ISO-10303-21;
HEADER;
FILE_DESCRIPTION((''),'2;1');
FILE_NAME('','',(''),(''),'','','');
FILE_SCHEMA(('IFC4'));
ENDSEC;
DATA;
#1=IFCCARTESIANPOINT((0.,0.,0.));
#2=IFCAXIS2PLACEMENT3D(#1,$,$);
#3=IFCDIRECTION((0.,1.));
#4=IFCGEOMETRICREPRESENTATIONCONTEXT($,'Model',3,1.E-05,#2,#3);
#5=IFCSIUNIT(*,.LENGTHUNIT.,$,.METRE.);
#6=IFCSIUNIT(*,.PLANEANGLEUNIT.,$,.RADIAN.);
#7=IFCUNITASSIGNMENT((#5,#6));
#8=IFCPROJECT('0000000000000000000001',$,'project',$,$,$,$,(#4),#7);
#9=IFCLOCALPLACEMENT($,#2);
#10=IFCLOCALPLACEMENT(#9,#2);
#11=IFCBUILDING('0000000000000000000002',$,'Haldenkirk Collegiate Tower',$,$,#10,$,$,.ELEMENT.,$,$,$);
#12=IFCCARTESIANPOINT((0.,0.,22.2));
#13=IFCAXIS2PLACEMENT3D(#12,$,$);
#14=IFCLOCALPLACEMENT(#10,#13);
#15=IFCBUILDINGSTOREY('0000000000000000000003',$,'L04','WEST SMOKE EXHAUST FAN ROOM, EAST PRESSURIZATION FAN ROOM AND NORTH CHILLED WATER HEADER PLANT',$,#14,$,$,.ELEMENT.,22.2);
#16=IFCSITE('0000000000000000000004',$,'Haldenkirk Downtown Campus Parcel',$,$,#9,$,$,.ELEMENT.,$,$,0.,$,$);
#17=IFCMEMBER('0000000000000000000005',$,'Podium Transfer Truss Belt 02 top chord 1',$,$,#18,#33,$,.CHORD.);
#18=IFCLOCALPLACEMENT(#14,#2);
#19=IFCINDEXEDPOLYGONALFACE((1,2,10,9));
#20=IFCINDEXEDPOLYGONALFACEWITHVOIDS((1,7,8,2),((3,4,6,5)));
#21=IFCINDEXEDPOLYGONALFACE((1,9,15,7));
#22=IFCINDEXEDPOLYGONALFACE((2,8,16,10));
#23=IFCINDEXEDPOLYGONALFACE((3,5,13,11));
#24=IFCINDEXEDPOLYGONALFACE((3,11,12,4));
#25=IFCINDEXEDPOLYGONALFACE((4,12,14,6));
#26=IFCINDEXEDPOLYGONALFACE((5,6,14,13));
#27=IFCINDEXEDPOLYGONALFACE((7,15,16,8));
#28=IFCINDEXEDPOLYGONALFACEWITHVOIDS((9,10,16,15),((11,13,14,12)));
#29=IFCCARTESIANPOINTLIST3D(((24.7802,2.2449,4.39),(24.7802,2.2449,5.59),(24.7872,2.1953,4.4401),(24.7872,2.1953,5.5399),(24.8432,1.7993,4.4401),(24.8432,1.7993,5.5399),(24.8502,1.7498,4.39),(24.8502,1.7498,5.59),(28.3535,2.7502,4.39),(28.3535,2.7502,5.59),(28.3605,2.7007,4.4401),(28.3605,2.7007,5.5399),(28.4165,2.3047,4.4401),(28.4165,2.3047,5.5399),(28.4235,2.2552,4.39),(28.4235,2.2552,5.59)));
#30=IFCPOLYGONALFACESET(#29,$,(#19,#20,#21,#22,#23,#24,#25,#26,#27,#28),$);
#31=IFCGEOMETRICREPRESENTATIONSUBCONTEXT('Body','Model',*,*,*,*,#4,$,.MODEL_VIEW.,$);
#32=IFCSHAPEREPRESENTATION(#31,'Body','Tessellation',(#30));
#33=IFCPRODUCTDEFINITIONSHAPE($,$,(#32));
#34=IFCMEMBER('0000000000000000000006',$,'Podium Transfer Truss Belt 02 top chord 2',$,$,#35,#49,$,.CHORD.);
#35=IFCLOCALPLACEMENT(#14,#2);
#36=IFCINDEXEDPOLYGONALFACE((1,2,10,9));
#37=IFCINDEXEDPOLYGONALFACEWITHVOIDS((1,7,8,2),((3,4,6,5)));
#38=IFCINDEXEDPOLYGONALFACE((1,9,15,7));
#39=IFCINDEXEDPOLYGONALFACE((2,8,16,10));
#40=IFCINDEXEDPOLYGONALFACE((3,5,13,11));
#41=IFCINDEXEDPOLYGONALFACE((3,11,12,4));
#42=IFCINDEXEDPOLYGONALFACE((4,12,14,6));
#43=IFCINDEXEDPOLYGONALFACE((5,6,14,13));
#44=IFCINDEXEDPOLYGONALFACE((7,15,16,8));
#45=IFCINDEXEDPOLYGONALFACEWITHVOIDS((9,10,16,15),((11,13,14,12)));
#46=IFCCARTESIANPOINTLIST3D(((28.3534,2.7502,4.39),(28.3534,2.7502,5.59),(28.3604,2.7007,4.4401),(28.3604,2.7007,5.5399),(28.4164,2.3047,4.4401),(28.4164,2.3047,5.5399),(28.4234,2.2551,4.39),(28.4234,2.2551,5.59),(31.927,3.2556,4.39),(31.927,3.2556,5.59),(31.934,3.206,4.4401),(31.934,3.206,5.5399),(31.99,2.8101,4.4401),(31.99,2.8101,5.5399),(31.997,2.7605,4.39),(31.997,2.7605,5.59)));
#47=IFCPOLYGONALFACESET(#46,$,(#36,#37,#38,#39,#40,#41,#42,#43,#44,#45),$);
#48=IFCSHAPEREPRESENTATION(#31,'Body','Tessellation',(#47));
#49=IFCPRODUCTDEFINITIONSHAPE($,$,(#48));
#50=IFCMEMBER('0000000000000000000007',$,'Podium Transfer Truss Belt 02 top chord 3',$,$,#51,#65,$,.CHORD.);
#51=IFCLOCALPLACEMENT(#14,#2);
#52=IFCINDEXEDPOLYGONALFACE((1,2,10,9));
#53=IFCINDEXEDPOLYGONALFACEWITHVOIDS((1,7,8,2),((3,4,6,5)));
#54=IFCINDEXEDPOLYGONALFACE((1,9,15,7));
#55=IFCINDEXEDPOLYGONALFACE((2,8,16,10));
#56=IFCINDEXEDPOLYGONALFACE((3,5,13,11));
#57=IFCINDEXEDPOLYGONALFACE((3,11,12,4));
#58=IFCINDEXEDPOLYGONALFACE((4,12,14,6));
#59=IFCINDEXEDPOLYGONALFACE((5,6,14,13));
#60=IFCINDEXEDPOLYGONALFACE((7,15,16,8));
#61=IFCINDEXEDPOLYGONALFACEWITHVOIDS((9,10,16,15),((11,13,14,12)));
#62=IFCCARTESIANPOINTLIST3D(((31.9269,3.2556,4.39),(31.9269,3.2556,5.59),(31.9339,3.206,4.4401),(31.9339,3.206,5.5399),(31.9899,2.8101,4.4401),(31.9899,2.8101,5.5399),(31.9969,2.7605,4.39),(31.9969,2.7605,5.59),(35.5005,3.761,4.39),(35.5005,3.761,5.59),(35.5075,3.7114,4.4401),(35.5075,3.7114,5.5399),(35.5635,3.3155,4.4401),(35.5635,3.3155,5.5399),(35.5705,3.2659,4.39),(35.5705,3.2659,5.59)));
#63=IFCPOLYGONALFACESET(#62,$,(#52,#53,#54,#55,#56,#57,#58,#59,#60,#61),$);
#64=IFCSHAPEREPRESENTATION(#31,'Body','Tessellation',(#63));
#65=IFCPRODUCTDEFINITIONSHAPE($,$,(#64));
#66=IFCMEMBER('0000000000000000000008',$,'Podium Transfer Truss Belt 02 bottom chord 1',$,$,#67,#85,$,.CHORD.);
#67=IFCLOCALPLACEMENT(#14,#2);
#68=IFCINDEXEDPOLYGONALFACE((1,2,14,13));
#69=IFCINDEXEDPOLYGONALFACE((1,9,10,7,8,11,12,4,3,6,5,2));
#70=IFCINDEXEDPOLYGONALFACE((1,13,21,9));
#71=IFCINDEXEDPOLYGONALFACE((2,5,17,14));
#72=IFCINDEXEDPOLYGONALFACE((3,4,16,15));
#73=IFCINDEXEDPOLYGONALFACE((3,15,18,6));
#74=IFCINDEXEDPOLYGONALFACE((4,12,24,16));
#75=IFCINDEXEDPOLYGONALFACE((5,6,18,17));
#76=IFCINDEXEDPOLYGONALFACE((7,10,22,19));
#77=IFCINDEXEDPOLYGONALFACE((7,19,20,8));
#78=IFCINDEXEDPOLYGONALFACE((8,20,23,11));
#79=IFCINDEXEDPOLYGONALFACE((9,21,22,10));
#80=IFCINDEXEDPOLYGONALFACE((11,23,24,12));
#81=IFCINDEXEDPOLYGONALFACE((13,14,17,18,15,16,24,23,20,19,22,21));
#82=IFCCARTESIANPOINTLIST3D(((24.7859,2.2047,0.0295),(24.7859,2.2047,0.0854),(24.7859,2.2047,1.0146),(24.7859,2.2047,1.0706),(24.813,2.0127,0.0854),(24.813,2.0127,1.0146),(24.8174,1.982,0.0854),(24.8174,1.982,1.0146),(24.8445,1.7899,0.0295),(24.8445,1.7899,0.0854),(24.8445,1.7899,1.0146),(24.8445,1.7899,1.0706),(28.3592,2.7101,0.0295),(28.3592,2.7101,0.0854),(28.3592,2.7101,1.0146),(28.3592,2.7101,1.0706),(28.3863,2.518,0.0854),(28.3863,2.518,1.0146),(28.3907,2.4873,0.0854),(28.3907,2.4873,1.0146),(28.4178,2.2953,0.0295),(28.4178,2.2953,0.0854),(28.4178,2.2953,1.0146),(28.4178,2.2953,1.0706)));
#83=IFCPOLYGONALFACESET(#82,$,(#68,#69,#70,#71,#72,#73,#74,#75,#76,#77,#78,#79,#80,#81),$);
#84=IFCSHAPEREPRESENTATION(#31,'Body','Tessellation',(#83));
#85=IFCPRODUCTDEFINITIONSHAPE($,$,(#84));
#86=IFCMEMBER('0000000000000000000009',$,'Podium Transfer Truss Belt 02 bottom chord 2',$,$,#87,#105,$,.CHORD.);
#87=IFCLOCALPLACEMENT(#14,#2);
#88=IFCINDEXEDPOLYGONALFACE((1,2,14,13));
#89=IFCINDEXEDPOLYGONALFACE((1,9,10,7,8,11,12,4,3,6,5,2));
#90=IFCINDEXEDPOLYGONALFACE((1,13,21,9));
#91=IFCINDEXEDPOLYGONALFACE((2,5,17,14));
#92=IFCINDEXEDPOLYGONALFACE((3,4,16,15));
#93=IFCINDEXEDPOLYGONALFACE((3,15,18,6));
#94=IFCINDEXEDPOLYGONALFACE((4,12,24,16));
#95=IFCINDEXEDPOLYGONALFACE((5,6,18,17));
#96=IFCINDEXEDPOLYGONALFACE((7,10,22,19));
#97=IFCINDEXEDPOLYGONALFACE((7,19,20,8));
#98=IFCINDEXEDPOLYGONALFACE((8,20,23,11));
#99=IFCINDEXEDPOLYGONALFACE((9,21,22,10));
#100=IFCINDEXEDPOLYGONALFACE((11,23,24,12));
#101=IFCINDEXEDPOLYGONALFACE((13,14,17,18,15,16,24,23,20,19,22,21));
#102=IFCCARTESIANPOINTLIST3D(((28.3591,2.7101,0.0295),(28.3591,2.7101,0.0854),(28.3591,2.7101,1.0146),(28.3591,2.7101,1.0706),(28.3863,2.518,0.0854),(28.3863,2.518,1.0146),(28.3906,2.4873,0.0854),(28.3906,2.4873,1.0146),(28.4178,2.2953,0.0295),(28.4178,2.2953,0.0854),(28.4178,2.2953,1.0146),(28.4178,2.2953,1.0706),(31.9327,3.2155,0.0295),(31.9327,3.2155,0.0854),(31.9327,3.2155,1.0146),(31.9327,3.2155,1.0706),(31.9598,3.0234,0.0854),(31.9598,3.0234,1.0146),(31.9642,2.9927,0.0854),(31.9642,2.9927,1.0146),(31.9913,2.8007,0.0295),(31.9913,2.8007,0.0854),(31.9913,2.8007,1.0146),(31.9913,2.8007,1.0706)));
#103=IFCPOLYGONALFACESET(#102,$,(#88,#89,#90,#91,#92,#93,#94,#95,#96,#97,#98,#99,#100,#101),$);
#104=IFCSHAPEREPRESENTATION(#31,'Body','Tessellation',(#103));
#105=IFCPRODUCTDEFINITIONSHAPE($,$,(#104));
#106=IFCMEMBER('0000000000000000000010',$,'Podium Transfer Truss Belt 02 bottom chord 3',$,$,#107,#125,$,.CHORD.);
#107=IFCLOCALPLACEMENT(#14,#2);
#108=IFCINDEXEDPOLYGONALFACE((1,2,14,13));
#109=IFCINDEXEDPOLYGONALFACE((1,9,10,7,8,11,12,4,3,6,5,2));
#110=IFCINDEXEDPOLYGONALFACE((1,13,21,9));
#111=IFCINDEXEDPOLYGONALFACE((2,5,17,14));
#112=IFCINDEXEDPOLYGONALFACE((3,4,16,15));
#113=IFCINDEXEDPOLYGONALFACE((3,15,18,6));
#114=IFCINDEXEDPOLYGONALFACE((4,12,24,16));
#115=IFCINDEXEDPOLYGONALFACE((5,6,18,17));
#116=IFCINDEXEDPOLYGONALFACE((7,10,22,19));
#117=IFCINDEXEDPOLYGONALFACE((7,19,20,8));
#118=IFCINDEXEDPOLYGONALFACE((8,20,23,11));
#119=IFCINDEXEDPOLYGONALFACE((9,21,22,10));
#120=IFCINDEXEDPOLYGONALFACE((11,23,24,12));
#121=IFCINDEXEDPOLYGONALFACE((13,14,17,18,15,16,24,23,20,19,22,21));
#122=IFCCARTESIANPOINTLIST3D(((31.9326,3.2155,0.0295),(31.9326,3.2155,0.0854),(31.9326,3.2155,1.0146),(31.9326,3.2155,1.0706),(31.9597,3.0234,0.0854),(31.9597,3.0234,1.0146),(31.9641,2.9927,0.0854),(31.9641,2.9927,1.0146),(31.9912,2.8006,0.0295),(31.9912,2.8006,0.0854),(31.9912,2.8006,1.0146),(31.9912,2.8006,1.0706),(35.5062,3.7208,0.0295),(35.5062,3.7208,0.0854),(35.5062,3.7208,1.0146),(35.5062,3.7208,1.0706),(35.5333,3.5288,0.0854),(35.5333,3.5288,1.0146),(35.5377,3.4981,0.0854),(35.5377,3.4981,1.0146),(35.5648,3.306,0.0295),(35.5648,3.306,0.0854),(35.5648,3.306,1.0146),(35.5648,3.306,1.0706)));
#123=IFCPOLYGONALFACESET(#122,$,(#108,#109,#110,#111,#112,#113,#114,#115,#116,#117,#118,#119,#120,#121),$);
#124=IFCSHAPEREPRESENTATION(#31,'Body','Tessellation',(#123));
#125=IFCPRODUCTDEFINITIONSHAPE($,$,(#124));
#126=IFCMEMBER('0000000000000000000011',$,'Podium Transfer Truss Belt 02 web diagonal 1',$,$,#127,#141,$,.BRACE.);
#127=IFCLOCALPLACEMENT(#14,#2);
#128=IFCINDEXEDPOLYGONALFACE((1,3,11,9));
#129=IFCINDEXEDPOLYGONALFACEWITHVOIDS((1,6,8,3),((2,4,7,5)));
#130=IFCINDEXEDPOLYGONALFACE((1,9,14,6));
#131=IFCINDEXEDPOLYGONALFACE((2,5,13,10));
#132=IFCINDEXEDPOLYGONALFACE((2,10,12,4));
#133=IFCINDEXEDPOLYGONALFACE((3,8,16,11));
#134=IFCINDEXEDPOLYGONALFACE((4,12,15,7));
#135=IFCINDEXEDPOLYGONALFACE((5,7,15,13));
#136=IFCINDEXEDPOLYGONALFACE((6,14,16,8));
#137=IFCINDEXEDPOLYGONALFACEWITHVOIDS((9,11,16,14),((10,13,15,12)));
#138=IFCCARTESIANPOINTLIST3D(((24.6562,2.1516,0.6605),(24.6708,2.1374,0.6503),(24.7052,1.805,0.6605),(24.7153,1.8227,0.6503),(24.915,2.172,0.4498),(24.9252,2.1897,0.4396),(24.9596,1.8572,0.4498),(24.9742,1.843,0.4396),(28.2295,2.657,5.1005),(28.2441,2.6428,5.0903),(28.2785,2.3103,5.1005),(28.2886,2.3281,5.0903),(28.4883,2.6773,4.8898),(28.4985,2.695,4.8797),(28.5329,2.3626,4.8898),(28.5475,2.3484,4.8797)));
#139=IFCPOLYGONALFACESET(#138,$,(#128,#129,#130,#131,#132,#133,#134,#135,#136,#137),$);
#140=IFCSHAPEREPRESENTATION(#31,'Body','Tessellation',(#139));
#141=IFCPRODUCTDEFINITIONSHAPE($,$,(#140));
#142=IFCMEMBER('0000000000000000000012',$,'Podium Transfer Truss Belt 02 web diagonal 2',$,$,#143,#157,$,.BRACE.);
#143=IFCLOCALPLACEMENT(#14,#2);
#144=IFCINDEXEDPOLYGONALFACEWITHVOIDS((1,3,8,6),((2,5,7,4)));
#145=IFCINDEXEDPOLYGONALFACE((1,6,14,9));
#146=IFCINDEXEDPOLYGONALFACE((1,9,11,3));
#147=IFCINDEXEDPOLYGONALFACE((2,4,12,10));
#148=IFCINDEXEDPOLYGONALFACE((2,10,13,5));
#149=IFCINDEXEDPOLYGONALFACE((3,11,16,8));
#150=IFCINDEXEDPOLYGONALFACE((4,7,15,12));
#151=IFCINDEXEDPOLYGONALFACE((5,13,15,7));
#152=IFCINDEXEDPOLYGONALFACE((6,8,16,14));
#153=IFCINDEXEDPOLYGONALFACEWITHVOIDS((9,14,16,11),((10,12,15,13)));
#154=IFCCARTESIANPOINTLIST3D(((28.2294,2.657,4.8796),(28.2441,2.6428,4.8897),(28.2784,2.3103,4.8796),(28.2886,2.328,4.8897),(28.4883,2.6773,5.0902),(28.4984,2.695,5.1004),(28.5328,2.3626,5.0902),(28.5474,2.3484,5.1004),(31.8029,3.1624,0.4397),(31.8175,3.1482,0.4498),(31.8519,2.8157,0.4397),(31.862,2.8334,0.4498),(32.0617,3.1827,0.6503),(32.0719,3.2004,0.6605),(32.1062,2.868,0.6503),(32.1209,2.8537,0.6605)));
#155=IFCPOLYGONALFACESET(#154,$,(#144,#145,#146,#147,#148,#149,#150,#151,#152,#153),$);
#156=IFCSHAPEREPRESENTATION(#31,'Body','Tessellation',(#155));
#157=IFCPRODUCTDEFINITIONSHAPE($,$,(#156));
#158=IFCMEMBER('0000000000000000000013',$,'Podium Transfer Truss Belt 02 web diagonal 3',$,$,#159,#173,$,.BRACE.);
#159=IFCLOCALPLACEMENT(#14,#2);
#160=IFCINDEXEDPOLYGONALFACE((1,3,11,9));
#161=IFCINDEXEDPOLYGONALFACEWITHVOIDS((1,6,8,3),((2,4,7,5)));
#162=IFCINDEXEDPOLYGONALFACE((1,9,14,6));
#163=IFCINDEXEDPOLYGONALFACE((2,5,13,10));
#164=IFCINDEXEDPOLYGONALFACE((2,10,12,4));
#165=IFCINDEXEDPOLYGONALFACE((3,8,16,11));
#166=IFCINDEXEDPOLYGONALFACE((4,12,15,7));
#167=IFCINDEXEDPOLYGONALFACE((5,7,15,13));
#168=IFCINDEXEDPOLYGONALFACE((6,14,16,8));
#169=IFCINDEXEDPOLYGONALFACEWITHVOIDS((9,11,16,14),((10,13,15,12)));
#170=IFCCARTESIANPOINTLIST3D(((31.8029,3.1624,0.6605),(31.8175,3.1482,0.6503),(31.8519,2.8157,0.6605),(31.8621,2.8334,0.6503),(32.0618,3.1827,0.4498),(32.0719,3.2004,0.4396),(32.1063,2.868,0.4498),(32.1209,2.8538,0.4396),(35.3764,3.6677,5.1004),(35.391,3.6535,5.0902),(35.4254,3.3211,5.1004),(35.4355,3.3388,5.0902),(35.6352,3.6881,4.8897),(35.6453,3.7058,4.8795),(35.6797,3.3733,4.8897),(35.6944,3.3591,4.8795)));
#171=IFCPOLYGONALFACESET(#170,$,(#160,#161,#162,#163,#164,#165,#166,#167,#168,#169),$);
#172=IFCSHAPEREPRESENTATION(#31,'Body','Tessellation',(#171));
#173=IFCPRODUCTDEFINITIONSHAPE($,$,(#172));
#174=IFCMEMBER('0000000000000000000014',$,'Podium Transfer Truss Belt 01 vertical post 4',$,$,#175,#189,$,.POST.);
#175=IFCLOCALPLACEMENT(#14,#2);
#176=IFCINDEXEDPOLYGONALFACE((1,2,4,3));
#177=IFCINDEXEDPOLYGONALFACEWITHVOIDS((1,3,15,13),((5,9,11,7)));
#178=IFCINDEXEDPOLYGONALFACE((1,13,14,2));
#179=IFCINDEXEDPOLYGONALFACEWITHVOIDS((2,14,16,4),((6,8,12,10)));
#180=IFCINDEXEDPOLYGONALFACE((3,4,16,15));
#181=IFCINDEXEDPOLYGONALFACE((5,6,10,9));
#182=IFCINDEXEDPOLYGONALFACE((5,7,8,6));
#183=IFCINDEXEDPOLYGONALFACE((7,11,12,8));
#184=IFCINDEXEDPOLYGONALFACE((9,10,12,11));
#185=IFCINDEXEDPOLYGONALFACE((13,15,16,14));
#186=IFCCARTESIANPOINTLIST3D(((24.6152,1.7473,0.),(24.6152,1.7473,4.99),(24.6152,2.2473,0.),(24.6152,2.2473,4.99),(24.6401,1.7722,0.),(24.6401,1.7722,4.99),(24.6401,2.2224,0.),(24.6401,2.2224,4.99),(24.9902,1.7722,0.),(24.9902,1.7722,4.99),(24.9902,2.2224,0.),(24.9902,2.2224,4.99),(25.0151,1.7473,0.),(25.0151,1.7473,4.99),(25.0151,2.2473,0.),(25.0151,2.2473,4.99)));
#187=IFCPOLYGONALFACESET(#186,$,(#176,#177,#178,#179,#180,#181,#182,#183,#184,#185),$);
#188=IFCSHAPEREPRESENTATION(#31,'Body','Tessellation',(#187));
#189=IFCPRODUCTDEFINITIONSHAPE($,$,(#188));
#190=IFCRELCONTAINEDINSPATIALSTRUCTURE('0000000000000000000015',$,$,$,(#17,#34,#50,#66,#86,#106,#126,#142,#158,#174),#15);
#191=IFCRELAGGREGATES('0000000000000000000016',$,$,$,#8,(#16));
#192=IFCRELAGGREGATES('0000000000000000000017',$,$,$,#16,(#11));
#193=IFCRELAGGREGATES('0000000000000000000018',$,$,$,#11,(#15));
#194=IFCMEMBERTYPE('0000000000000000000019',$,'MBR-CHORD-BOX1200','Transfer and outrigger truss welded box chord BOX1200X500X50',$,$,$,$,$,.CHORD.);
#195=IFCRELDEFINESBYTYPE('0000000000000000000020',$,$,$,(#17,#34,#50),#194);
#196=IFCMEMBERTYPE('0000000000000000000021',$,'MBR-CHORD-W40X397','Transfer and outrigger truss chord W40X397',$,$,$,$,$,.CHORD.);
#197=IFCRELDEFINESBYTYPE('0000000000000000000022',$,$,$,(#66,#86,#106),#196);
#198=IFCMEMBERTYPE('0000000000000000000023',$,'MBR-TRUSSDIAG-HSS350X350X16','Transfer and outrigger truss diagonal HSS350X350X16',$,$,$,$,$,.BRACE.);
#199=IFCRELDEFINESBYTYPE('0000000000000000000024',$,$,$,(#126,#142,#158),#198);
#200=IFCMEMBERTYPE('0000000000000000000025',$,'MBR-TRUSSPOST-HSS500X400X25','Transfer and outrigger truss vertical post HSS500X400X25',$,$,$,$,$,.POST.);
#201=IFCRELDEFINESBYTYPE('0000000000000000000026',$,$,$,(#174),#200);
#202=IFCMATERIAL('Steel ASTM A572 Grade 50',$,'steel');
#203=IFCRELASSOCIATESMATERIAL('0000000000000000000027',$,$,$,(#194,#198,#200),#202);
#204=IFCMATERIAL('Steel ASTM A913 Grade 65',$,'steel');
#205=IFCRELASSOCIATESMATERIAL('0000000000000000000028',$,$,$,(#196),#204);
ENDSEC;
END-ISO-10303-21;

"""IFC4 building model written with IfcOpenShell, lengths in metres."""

from ifc_helpers import new_model, si_unit, direction, frame, origin, origin_2d, place, context, subcontext, project, spatial, hollow_rectangle, i_section, extrude, material, material_profile, profile_set, type_object, element, save


model = new_model("IFC4")

# Units and contexts
model_context = context("Model", 3, precision=1e-05, world=origin(), true_north=direction((0.0, 1.0)))
body_context = subcontext(model_context, "Body", "Model", "MODEL_VIEW")
ifc_project = project(units=[si_unit("LENGTHUNIT", "METRE"), si_unit("PLANEANGLEUNIT", "RADIAN")], contexts=[model_context])

# Site, building, storey
site_placement = place(None, origin())
site = spatial("IfcSite", under=ifc_project, at=site_placement, Name="Haldenkirk Downtown Campus Parcel", CompositionType="ELEMENT", RefElevation=0.0)
building_placement = place(site_placement, origin())
building = spatial("IfcBuilding", under=site, at=building_placement, Name="Haldenkirk Collegiate Tower", CompositionType="ELEMENT")
storey_placement = place(building_placement, frame((0.0, 0.0, 22.2)))
storey = spatial("IfcBuildingStorey", under=building, at=storey_placement, Name="L04", Description="WEST SMOKE EXHAUST FAN ROOM, EAST PRESSURIZATION FAN ROOM AND NORTH CHILLED WATER HEADER PLANT", CompositionType="ELEMENT", Elevation=22.2)

# Members
ifc_material_1 = material(Name="Steel ASTM A572 Grade 50", Category="steel")
ifc_material_profile_1 = material_profile(ifc_material_1, hollow_rectangle(XDim=0.5, YDim=1.2, WallThickness=0.05, at=origin_2d()), Name="BOX1200X500X50")
ifc_profile_set_1 = profile_set([ifc_material_profile_1], Name="Steel ASTM A572 Grade 50")
member_type_1 = type_object("IfcMemberType", Name="MBR-CHORD-BOX1200", Description="Transfer and outrigger truss welded box chord BOX1200X500X50", PredefinedType="CHORD", material=ifc_profile_set_1)
member_1_placement = place(storey_placement, frame((24.8152, 1.9973, 4.99), z_axis=(0.990146, 0.140038, 0.0), x_axis=(-0.140038, 0.990146, 0.0)))
element("IfcMember", 1, at=member_1_placement, inside=storey, type_object=member_type_1, Name="Podium Transfer Truss Belt 02 top chord 1", PredefinedType="CHORD", context=body_context, shape_type="SweptSolid", body=[
    extrude(hollow_rectangle(XDim=0.5, YDim=1.2, WallThickness=0.05, at=origin_2d()), origin(), (0.0, 0.0, 1.0), 3.6089),
])
for number, where, z_axis, x_axis, name in (
    (2, (28.3884, 2.5027, 4.99), (0.990147, 0.140029, 0.0), (-0.140029, 0.990147, 0.0), "Podium Transfer Truss Belt 02 top chord 2"),
    (3, (31.9619, 3.0081, 4.99), (0.990147, 0.140029, 0.0), (-0.140029, 0.990147, 0.0), "Podium Transfer Truss Belt 02 top chord 3"),
):
    element("IfcMember", number, at=place(storey_placement, frame(where, z_axis=z_axis, x_axis=x_axis)), inside=storey, type_object=member_type_1, Name=name, PredefinedType="CHORD", context=body_context, shape_type="SweptSolid", body=[
        extrude(hollow_rectangle(XDim=0.5, YDim=1.2, WallThickness=0.05, at=origin_2d()), origin(), (0.0, 0.0, 1.0), 3.6091),
    ])
ifc_material_2 = material(Name="Steel ASTM A913 Grade 65", Category="steel")
ifc_material_profile_2 = material_profile(ifc_material_2, i_section(OverallWidth=0.4189, OverallDepth=1.041, WebThickness=0.031, FlangeThickness=0.0559, at=origin_2d()), Name="W40X397")
ifc_profile_set_2 = profile_set([ifc_material_profile_2], Name="Steel ASTM A913 Grade 65")
member_type_2 = type_object("IfcMemberType", Name="MBR-CHORD-W40X397", Description="Transfer and outrigger truss chord W40X397", PredefinedType="CHORD", material=ifc_profile_set_2)
member_2_placement = place(storey_placement, frame((24.8152, 1.9973, 0.55), z_axis=(0.990146, 0.140038, 0.0), x_axis=(-0.140038, 0.990146, 0.0)))
element("IfcMember", 4, at=member_2_placement, inside=storey, type_object=member_type_2, Name="Podium Transfer Truss Belt 02 bottom chord 1", PredefinedType="CHORD", context=body_context, shape_type="SweptSolid", body=[
    extrude(i_section(OverallWidth=0.4189, OverallDepth=1.041, WebThickness=0.031, FlangeThickness=0.0559, at=origin_2d()), origin(), (0.0, 0.0, 1.0), 3.6089),
])
for number, where, z_axis, x_axis, name in (
    (5, (28.3884, 2.5027, 0.55), (0.990147, 0.140029, 0.0), (-0.140029, 0.990147, 0.0), "Podium Transfer Truss Belt 02 bottom chord 2"),
    (6, (31.9619, 3.0081, 0.55), (0.990147, 0.140029, 0.0), (-0.140029, 0.990147, 0.0), "Podium Transfer Truss Belt 02 bottom chord 3"),
):
    element("IfcMember", number, at=place(storey_placement, frame(where, z_axis=z_axis, x_axis=x_axis)), inside=storey, type_object=member_type_2, Name=name, PredefinedType="CHORD", context=body_context, shape_type="SweptSolid", body=[
        extrude(i_section(OverallWidth=0.4189, OverallDepth=1.041, WebThickness=0.031, FlangeThickness=0.0559, at=origin_2d()), origin(), (0.0, 0.0, 1.0), 3.6091),
    ])
ifc_material_profile_3 = material_profile(ifc_material_1, hollow_rectangle(XDim=0.3501, YDim=0.3501, WallThickness=0.0161, at=origin_2d()), Name="HSS350X350X16")
ifc_profile_set_3 = profile_set([ifc_material_profile_3], Name="Steel ASTM A572 Grade 50")
member_type_3 = type_object("IfcMemberType", Name="MBR-TRUSSDIAG-HSS350X350X16", Description="Transfer and outrigger truss diagonal HSS350X350X16", PredefinedType="BRACE", material=ifc_profile_set_3)
for number, where, z_axis, x_axis, name in (
    (7, (24.8152, 1.9973, 0.55), (0.62452, 0.088327, 0.775998), (-0.140038, 0.990146, 0.0), "Podium Transfer Truss Belt 02 web diagonal 1"),
    (8, (28.3884, 2.5027, 4.99), (0.624546, 0.088325, -0.775978), (-0.140029, 0.990147, 0.0), "Podium Transfer Truss Belt 02 web diagonal 2"),
    (9, (31.9619, 3.0081, 0.55), (0.624546, 0.088325, 0.775978), (-0.140029, 0.990147, 0.0), "Podium Transfer Truss Belt 02 web diagonal 3"),
):
    element("IfcMember", number, at=place(storey_placement, frame(where, z_axis=z_axis, x_axis=x_axis)), inside=storey, type_object=member_type_3, Name=name, PredefinedType="BRACE", context=body_context, shape_type="SweptSolid", body=[
        extrude(hollow_rectangle(XDim=0.3501, YDim=0.3501, WallThickness=0.0161, at=origin_2d()), origin(), (0.0, 0.0, 1.0), 5.7217),
    ])
ifc_material_profile_4 = material_profile(ifc_material_1, hollow_rectangle(XDim=0.3999, YDim=0.5, WallThickness=0.0249, at=origin_2d()), Name="HSS500X400X25")
ifc_profile_set_4 = profile_set([ifc_material_profile_4], Name="Steel ASTM A572 Grade 50")
member_type_4 = type_object("IfcMemberType", Name="MBR-TRUSSPOST-HSS500X400X25", Description="Transfer and outrigger truss vertical post HSS500X400X25", PredefinedType="POST", material=ifc_profile_set_4)
for number, where, z_axis, x_axis, name in (
    (10, (24.8152, 1.9973, 0.0), (0.0, 0.0, 1.0), (1.0, 0.0, 0.0), "Podium Transfer Truss Belt 01 vertical post 4"),
):
    element("IfcMember", number, at=place(storey_placement, frame(where, z_axis=z_axis, x_axis=x_axis)), inside=storey, type_object=member_type_4, Name=name, PredefinedType="POST", context=body_context, shape_type="SweptSolid", body=[
        extrude(hollow_rectangle(XDim=0.3999, YDim=0.5, WallThickness=0.0249, at=origin_2d()), origin(), (0.0, 0.0, 1.0), 4.99),
    ])

save(model, "model.ifc")
